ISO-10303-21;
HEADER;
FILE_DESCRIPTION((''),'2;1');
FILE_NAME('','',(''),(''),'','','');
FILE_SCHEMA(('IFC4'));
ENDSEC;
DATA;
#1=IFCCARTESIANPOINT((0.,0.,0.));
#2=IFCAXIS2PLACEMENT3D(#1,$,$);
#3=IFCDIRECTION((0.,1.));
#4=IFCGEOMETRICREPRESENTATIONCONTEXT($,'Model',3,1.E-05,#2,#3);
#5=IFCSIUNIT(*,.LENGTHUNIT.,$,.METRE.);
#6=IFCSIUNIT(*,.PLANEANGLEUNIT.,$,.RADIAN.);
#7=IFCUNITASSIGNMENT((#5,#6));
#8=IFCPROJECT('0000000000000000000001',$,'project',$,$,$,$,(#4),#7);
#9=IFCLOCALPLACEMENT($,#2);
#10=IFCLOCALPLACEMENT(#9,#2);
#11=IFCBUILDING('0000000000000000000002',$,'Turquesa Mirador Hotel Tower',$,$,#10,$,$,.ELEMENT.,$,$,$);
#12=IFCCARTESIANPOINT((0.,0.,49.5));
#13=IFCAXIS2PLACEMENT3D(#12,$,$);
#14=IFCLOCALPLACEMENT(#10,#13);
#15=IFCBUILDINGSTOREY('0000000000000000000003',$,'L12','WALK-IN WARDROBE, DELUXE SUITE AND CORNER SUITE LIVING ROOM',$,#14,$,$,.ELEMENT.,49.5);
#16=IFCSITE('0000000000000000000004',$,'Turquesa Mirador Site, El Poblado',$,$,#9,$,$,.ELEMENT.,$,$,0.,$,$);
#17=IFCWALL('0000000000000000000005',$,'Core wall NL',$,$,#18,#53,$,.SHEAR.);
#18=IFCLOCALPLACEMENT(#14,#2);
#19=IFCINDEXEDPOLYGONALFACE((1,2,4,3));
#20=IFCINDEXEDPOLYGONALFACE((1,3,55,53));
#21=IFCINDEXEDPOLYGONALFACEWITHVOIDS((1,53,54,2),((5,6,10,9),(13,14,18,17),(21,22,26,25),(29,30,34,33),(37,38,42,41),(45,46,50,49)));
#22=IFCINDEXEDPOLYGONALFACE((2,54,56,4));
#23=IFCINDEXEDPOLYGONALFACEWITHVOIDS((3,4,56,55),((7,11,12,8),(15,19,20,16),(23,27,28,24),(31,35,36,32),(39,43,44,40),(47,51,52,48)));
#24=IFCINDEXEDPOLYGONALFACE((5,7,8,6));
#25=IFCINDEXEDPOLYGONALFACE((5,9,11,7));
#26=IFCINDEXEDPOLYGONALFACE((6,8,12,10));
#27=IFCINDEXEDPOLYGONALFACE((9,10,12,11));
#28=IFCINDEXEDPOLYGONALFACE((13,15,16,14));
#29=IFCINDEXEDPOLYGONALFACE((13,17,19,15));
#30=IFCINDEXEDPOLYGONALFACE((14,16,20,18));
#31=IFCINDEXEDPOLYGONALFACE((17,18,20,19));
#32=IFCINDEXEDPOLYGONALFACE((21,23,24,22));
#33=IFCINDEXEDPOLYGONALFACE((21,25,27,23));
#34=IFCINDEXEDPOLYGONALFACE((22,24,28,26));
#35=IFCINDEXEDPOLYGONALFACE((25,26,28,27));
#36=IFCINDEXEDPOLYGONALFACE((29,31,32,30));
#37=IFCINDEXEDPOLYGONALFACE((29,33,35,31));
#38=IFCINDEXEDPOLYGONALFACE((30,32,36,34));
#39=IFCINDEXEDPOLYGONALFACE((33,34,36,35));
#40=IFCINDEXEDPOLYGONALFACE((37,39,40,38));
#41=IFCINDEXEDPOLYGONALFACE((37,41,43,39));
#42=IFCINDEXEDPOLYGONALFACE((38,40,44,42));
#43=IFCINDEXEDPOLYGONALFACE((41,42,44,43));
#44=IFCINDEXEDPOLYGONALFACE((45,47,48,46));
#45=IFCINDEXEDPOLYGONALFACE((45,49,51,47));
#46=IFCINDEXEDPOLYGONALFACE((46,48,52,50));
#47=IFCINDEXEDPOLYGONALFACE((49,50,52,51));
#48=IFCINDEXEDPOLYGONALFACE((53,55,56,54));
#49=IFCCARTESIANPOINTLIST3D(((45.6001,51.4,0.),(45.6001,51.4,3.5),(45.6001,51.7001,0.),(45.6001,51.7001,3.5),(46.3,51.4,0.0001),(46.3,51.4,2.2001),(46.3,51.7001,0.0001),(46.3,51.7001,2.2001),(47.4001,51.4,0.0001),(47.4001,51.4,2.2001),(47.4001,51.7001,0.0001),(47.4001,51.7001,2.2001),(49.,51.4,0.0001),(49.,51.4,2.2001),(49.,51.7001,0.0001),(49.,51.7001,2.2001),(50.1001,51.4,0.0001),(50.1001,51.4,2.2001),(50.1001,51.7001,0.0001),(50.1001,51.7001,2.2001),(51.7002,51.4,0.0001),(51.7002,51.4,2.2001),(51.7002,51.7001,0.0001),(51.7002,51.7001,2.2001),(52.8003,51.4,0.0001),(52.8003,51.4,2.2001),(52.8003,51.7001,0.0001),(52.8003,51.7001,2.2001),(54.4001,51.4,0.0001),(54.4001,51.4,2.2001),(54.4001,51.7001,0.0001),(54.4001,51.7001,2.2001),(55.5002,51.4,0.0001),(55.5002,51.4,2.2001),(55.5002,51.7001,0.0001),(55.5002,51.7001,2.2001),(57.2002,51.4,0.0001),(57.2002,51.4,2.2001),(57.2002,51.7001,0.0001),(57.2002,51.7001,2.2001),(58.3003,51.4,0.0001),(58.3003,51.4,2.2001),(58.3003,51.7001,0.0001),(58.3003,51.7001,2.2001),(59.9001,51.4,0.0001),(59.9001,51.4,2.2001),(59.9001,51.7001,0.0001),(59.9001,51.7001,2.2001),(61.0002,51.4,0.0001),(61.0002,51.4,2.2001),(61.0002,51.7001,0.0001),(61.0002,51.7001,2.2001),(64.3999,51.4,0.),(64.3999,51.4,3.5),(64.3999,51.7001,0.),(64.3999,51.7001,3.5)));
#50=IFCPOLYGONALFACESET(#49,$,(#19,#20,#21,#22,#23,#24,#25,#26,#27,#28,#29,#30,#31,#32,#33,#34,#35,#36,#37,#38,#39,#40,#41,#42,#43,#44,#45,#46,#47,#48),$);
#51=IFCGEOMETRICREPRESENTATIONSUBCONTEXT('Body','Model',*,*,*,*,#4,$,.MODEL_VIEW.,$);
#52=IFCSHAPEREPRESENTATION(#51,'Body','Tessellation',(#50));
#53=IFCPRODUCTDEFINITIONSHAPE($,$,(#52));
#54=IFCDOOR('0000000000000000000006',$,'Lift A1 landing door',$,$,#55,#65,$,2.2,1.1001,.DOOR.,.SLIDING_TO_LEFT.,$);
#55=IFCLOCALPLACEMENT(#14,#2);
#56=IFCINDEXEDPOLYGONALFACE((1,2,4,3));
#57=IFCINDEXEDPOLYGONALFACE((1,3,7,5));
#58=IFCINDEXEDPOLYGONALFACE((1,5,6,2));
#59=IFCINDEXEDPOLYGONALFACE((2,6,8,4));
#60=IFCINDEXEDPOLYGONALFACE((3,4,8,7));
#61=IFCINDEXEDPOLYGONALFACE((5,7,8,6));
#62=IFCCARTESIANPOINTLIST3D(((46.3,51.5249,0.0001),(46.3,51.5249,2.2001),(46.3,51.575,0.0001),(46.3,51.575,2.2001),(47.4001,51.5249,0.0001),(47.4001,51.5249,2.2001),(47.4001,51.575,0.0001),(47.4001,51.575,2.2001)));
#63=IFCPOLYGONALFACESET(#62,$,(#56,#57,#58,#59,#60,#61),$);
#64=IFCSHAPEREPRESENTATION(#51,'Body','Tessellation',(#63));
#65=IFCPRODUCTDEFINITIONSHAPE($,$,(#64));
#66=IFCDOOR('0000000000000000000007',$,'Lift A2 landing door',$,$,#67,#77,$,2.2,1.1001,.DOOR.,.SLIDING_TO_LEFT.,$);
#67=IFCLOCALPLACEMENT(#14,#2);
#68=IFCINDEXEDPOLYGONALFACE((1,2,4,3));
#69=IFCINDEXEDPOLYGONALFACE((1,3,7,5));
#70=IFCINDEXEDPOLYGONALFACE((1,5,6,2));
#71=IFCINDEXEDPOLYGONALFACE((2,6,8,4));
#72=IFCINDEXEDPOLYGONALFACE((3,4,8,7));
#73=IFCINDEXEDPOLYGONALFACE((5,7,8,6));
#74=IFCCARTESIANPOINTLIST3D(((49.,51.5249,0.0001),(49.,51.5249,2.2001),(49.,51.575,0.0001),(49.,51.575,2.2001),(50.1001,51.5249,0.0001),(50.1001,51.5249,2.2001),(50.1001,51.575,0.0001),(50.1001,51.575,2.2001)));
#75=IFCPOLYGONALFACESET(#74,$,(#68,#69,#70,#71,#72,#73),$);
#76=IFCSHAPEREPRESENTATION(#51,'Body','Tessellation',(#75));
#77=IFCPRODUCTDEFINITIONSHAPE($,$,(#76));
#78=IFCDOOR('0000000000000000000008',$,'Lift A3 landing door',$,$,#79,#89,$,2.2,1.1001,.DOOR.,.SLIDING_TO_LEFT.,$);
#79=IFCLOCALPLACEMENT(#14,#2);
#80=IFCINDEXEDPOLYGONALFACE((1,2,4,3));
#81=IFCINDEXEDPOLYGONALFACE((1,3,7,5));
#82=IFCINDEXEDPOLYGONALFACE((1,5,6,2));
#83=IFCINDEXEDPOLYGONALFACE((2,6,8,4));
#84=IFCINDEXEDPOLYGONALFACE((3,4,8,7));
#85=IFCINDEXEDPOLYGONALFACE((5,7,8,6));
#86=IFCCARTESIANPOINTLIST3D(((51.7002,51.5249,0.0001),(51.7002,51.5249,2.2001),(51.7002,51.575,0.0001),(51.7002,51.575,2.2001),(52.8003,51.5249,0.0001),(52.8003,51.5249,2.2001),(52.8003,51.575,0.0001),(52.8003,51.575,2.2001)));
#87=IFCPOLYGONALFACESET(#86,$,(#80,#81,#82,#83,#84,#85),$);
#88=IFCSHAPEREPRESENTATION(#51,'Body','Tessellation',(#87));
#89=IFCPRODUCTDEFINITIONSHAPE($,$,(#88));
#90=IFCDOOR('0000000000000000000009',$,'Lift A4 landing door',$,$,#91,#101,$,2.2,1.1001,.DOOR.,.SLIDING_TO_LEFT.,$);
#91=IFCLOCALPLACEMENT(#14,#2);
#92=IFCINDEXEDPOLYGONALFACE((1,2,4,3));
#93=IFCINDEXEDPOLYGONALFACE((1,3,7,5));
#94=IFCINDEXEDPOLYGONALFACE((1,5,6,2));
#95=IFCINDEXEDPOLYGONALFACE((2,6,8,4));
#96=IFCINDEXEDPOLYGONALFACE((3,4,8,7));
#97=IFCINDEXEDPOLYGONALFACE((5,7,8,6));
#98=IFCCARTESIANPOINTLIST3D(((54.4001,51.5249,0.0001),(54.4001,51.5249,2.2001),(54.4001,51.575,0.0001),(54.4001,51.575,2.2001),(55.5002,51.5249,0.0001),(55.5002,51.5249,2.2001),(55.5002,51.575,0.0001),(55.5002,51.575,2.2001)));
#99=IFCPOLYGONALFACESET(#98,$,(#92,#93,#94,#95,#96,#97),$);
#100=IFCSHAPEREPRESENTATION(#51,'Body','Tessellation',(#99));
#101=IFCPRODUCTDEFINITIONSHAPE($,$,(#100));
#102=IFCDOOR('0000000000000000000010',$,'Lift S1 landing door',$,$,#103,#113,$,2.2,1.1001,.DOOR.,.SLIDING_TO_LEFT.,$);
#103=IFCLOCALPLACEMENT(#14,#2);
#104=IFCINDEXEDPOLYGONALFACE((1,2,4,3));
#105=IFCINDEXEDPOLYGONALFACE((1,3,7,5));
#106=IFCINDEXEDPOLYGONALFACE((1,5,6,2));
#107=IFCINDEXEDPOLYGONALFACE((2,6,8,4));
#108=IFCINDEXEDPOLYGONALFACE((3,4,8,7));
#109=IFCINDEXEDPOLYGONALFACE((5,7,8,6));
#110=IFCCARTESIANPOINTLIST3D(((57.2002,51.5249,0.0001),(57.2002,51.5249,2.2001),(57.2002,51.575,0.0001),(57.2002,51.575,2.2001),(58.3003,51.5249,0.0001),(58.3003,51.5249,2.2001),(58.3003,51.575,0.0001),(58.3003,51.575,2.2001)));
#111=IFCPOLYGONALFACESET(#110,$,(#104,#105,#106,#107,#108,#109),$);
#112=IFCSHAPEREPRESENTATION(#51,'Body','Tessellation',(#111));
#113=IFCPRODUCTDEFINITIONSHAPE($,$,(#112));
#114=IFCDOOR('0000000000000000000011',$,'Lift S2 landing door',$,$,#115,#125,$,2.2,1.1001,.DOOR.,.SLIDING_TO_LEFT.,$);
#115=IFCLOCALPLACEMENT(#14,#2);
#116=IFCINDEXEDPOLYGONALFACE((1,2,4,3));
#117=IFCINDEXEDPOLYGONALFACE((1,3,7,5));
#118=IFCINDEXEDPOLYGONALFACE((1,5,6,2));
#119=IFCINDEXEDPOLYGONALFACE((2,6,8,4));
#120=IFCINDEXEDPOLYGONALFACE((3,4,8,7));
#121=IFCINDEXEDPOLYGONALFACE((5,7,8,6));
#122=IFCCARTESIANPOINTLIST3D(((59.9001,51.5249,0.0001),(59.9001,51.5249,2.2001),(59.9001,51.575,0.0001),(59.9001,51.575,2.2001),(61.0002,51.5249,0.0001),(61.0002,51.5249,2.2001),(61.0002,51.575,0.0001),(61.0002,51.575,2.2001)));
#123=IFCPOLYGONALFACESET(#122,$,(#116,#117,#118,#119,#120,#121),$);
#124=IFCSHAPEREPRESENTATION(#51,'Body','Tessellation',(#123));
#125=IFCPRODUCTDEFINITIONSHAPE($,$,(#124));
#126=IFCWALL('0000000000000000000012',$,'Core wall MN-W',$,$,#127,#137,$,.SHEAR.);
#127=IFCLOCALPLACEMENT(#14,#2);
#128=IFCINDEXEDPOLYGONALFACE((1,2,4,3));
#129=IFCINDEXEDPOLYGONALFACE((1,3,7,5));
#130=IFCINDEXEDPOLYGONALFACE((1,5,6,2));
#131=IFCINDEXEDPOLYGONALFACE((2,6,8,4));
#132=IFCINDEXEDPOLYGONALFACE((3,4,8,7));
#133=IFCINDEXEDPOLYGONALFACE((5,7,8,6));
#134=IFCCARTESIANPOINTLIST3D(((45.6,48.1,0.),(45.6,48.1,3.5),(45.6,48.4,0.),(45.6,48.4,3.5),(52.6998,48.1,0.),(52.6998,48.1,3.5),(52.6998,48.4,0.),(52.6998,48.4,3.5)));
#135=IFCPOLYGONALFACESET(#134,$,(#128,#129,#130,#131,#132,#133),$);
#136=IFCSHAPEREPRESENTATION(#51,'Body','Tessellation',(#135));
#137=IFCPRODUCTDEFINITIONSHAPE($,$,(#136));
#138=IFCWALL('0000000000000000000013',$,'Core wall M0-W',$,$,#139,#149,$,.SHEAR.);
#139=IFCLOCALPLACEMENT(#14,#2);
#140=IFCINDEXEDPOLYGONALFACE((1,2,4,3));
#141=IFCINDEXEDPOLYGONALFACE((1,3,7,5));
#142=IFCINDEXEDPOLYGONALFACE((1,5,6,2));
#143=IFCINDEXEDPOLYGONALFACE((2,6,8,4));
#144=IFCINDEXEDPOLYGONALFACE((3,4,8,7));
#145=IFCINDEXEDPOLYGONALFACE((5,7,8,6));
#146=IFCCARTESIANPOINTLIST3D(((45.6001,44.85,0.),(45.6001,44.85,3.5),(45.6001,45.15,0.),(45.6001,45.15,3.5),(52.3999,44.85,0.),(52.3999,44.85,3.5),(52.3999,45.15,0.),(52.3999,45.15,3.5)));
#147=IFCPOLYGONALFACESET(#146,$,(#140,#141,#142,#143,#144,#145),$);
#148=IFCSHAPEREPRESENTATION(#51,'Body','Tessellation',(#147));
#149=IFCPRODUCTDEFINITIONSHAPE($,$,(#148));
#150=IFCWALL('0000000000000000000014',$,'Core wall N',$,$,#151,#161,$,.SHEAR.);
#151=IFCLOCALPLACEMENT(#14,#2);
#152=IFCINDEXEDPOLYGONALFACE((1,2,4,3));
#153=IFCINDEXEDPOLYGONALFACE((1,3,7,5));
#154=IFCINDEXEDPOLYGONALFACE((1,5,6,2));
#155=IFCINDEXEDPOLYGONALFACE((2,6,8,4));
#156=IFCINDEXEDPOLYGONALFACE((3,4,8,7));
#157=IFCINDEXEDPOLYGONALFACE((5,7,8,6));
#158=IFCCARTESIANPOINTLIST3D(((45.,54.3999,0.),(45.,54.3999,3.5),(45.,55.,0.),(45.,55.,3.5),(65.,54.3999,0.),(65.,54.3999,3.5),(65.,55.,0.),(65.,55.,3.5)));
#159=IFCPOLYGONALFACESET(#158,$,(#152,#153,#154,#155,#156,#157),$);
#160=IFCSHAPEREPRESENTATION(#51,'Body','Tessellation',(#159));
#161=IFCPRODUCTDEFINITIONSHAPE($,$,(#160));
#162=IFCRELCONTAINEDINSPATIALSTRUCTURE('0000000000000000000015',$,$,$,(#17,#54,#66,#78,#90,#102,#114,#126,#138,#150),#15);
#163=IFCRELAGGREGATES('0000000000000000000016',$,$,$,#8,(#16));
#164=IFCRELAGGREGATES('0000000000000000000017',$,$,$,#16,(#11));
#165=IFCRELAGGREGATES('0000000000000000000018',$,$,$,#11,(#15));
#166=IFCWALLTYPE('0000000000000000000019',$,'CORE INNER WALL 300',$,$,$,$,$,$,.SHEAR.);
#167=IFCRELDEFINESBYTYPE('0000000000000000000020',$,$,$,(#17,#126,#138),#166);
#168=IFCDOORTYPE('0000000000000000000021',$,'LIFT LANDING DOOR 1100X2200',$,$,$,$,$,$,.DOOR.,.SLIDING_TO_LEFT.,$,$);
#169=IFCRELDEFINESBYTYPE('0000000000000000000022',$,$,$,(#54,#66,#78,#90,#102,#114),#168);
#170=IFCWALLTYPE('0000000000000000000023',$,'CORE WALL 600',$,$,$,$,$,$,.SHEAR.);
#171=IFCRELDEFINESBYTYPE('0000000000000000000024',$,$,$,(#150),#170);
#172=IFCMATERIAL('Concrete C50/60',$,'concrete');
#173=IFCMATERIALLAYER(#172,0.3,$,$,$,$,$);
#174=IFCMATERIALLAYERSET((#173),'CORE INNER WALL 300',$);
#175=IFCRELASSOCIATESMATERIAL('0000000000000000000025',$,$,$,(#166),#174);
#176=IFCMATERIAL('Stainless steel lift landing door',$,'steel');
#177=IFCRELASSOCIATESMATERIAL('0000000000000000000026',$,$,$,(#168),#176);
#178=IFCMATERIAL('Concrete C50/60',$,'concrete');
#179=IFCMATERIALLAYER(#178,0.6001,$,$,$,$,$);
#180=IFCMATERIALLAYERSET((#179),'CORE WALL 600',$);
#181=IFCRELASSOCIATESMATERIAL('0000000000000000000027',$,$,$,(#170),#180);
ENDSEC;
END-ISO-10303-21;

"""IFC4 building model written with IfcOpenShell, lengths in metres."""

from ifc_helpers import new_model, si_unit, direction, frame, frame_2d, origin, place, context, subcontext, project, spatial, rectangle, extrude, material, layer, layer_set, type_object, element, fill, save


model = new_model("IFC4")

# Units and contexts
model_context = context("Model", 3, precision=1e-05, world=origin(), true_north=direction((0.0, 1.0)))
body_context = subcontext(model_context, "Body", "Model", "MODEL_VIEW")
ifc_project = project(units=[si_unit("LENGTHUNIT", "METRE"), si_unit("PLANEANGLEUNIT", "RADIAN")], contexts=[model_context])

# Site, building, storey
site_placement = place(None, origin())
site = spatial("IfcSite", under=ifc_project, at=site_placement, Name="Turquesa Mirador Site, El Poblado", CompositionType="ELEMENT", RefElevation=0.0)
building_placement = place(site_placement, origin())
building = spatial("IfcBuilding", under=site, at=building_placement, Name="Turquesa Mirador Hotel Tower", CompositionType="ELEMENT")
storey_placement = place(building_placement, frame((0.0, 0.0, 49.5)))
storey = spatial("IfcBuildingStorey", under=building, at=storey_placement, Name="L12", Description="WALK-IN WARDROBE, DELUXE SUITE AND CORNER SUITE LIVING ROOM", CompositionType="ELEMENT", Elevation=49.5)

# Wall, openings, doors
ifc_material_1 = material(Name="Concrete C50/60", Category="concrete")
ifc_layer_1 = layer(ifc_material_1, 0.3)
ifc_layer_set_1 = layer_set([ifc_layer_1], Name="CORE INNER WALL 300")
wall_type_1 = type_object("IfcWallType", Name="CORE INNER WALL 300", PredefinedType="SHEAR", material=ifc_layer_set_1)
wall_1_placement = place(storey_placement, frame((45.6001, 51.55, 0.0), z_axis=(0.0, 0.0, 1.0), x_axis=(1.0, 0.0, 0.0)))
wall_1 = element("IfcWall", 1, at=wall_1_placement, inside=storey, type_object=wall_type_1, Name="Core wall NL", PredefinedType="SHEAR", context=body_context, shape_type="SweptSolid", body=[
    extrude(rectangle(XDim=18.7998, YDim=0.3, at=frame_2d((9.3999, 0.0))), origin(), (0.0, 0.0, 1.0), 3.5),
])
opening_1_placement = place(wall_1_placement, frame((0.7, 0.0, 0.0)))
opening_1 = element("IfcOpeningElement", 2, at=opening_1_placement, cuts=wall_1, PredefinedType="OPENING", context=body_context, shape_type="SweptSolid", body=[
    extrude(rectangle(XDim=1.1001, YDim=2.2, at=frame_2d((0.55, 1.1001))), frame((0.0, 0.1599, 0.0), z_axis=(0.0, -1.0, 0.0), x_axis=(1.0, 0.0, 0.0)), (0.0, 0.0, 1.0), 0.3201),
])
opening_2_placement = place(wall_1_placement, frame((3.3999, 0.0, 0.0)))
opening_2 = element("IfcOpeningElement", 3, at=opening_2_placement, cuts=wall_1, PredefinedType="OPENING", context=body_context, shape_type="SweptSolid", body=[
    extrude(rectangle(XDim=1.1001, YDim=2.2, at=frame_2d((0.55, 1.1001))), frame((0.0, 0.1599, 0.0), z_axis=(0.0, -1.0, 0.0), x_axis=(1.0, 0.0, 0.0)), (0.0, 0.0, 1.0), 0.3201),
])
opening_3_placement = place(wall_1_placement, frame((6.1001, 0.0, 0.0)))
opening_3 = element("IfcOpeningElement", 4, at=opening_3_placement, cuts=wall_1, PredefinedType="OPENING", context=body_context, shape_type="SweptSolid", body=[
    extrude(rectangle(XDim=1.1001, YDim=2.2, at=frame_2d((0.55, 1.1001))), frame((0.0, 0.1599, 0.0), z_axis=(0.0, -1.0, 0.0), x_axis=(1.0, 0.0, 0.0)), (0.0, 0.0, 1.0), 0.3201),
])
opening_4_placement = place(wall_1_placement, frame((8.8, 0.0, 0.0)))
opening_4 = element("IfcOpeningElement", 5, at=opening_4_placement, cuts=wall_1, PredefinedType="OPENING", context=body_context, shape_type="SweptSolid", body=[
    extrude(rectangle(XDim=1.1001, YDim=2.2, at=frame_2d((0.55, 1.1001))), frame((0.0, 0.1599, 0.0), z_axis=(0.0, -1.0, 0.0), x_axis=(1.0, 0.0, 0.0)), (0.0, 0.0, 1.0), 0.3201),
])
opening_5_placement = place(wall_1_placement, frame((11.6001, 0.0, 0.0)))
opening_5 = element("IfcOpeningElement", 6, at=opening_5_placement, cuts=wall_1, PredefinedType="OPENING", context=body_context, shape_type="SweptSolid", body=[
    extrude(rectangle(XDim=1.1001, YDim=2.2, at=frame_2d((0.55, 1.1001))), frame((0.0, 0.1599, 0.0), z_axis=(0.0, -1.0, 0.0), x_axis=(1.0, 0.0, 0.0)), (0.0, 0.0, 1.0), 0.3201),
])
opening_6_placement = place(wall_1_placement, frame((14.3, 0.0, 0.0)))
opening_6 = element("IfcOpeningElement", 7, at=opening_6_placement, cuts=wall_1, PredefinedType="OPENING", context=body_context, shape_type="SweptSolid", body=[
    extrude(rectangle(XDim=1.1001, YDim=2.2, at=frame_2d((0.55, 1.1001))), frame((0.0, 0.1599, 0.0), z_axis=(0.0, -1.0, 0.0), x_axis=(1.0, 0.0, 0.0)), (0.0, 0.0, 1.0), 0.3201),
])
ifc_material_2 = material(Name="Stainless steel lift landing door", Category="steel")
door_type_1 = type_object("IfcDoorType", Name="LIFT LANDING DOOR 1100X2200", OperationType="SLIDING_TO_LEFT", PredefinedType="DOOR", material=ifc_material_2)
door_1_placement = place(opening_1_placement, origin())
door_1 = element("IfcDoor", 8, at=door_1_placement, inside=storey, type_object=door_type_1, Name="Lift A1 landing door", OperationType="SLIDING_TO_LEFT", OverallHeight=2.2, OverallWidth=1.1001, PredefinedType="DOOR", context=body_context, shape_type="SweptSolid", body=[
    extrude(rectangle(XDim=1.1001, YDim=2.2, at=frame_2d((0.55, 1.1001))), frame((0.0, 0.0249, 0.0), z_axis=(0.0, -1.0, 0.0), x_axis=(1.0, 0.0, 0.0)), (0.0, 0.0, 1.0), 0.05),
])
fill(opening_1, door_1)
door_2_placement = place(opening_2_placement, origin())
door_2 = element("IfcDoor", 9, at=door_2_placement, inside=storey, type_object=door_type_1, Name="Lift A2 landing door", OperationType="SLIDING_TO_LEFT", OverallHeight=2.2, OverallWidth=1.1001, PredefinedType="DOOR", context=body_context, shape_type="SweptSolid", body=[
    extrude(rectangle(XDim=1.1001, YDim=2.2, at=frame_2d((0.55, 1.1001))), frame((0.0, 0.0249, 0.0), z_axis=(0.0, -1.0, 0.0), x_axis=(1.0, 0.0, 0.0)), (0.0, 0.0, 1.0), 0.05),
])
fill(opening_2, door_2)
door_3_placement = place(opening_3_placement, origin())
door_3 = element("IfcDoor", 10, at=door_3_placement, inside=storey, type_object=door_type_1, Name="Lift A3 landing door", OperationType="SLIDING_TO_LEFT", OverallHeight=2.2, OverallWidth=1.1001, PredefinedType="DOOR", context=body_context, shape_type="SweptSolid", body=[
    extrude(rectangle(XDim=1.1001, YDim=2.2, at=frame_2d((0.55, 1.1001))), frame((0.0, 0.0249, 0.0), z_axis=(0.0, -1.0, 0.0), x_axis=(1.0, 0.0, 0.0)), (0.0, 0.0, 1.0), 0.05),
])
fill(opening_3, door_3)
door_4_placement = place(opening_4_placement, origin())
door_4 = element("IfcDoor", 11, at=door_4_placement, inside=storey, type_object=door_type_1, Name="Lift A4 landing door", OperationType="SLIDING_TO_LEFT", OverallHeight=2.2, OverallWidth=1.1001, PredefinedType="DOOR", context=body_context, shape_type="SweptSolid", body=[
    extrude(rectangle(XDim=1.1001, YDim=2.2, at=frame_2d((0.55, 1.1001))), frame((0.0, 0.0249, 0.0), z_axis=(0.0, -1.0, 0.0), x_axis=(1.0, 0.0, 0.0)), (0.0, 0.0, 1.0), 0.05),
])
fill(opening_4, door_4)
door_5_placement = place(opening_5_placement, origin())
door_5 = element("IfcDoor", 12, at=door_5_placement, inside=storey, type_object=door_type_1, Name="Lift S1 landing door", OperationType="SLIDING_TO_LEFT", OverallHeight=2.2, OverallWidth=1.1001, PredefinedType="DOOR", context=body_context, shape_type="SweptSolid", body=[
    extrude(rectangle(XDim=1.1001, YDim=2.2, at=frame_2d((0.55, 1.1001))), frame((0.0, 0.0249, 0.0), z_axis=(0.0, -1.0, 0.0), x_axis=(1.0, 0.0, 0.0)), (0.0, 0.0, 1.0), 0.05),
])
fill(opening_5, door_5)
door_6_placement = place(opening_6_placement, origin())
door_6 = element("IfcDoor", 13, at=door_6_placement, inside=storey, type_object=door_type_1, Name="Lift S2 landing door", OperationType="SLIDING_TO_LEFT", OverallHeight=2.2, OverallWidth=1.1001, PredefinedType="DOOR", context=body_context, shape_type="SweptSolid", body=[
    extrude(rectangle(XDim=1.1001, YDim=2.2, at=frame_2d((0.55, 1.1001))), frame((0.0, 0.0249, 0.0), z_axis=(0.0, -1.0, 0.0), x_axis=(1.0, 0.0, 0.0)), (0.0, 0.0, 1.0), 0.05),
])
fill(opening_6, door_6)

# Walls
wall_2_placement = place(storey_placement, frame((45.6001, 48.25, 0.0), z_axis=(0.0, 0.0, 1.0), x_axis=(1.0, 0.0, 0.0)))
element("IfcWall", 14, at=wall_2_placement, inside=storey, type_object=wall_type_1, Name="Core wall MN-W", PredefinedType="SHEAR", context=body_context, shape_type="SweptSolid", body=[
    extrude(rectangle(XDim=7.0999, YDim=0.3, at=frame_2d((3.5498, 0.0))), origin(), (0.0, 0.0, 1.0), 3.5),
])
wall_3_placement = place(storey_placement, frame((45.6001, 45.0, 0.0), z_axis=(0.0, 0.0, 1.0), x_axis=(1.0, 0.0, 0.0)))
element("IfcWall", 15, at=wall_3_placement, inside=storey, type_object=wall_type_1, Name="Core wall M0-W", PredefinedType="SHEAR", context=body_context, shape_type="SweptSolid", body=[
    extrude(rectangle(XDim=6.7998, YDim=0.3, at=frame_2d((3.3999, 0.0))), origin(), (0.0, 0.0, 1.0), 3.5),
])
ifc_material_3 = material(Name="Concrete C50/60", Category="concrete")
ifc_layer_2 = layer(ifc_material_3, 0.6001)
ifc_layer_set_2 = layer_set([ifc_layer_2], Name="CORE WALL 600")
wall_type_2 = type_object("IfcWallType", Name="CORE WALL 600", PredefinedType="SHEAR", material=ifc_layer_set_2)
wall_4_placement = place(storey_placement, frame((45.0, 54.7, 0.0), z_axis=(0.0, 0.0, 1.0), x_axis=(1.0, 0.0, 0.0)))
element("IfcWall", 16, at=wall_4_placement, inside=storey, type_object=wall_type_2, Name="Core wall N", PredefinedType="SHEAR", context=body_context, shape_type="SweptSolid", body=[
    extrude(rectangle(XDim=20.0, YDim=0.6001, at=frame_2d((10.0, 0.0))), origin(), (0.0, 0.0, 1.0), 3.5),
])

save(model, "model.ifc")
